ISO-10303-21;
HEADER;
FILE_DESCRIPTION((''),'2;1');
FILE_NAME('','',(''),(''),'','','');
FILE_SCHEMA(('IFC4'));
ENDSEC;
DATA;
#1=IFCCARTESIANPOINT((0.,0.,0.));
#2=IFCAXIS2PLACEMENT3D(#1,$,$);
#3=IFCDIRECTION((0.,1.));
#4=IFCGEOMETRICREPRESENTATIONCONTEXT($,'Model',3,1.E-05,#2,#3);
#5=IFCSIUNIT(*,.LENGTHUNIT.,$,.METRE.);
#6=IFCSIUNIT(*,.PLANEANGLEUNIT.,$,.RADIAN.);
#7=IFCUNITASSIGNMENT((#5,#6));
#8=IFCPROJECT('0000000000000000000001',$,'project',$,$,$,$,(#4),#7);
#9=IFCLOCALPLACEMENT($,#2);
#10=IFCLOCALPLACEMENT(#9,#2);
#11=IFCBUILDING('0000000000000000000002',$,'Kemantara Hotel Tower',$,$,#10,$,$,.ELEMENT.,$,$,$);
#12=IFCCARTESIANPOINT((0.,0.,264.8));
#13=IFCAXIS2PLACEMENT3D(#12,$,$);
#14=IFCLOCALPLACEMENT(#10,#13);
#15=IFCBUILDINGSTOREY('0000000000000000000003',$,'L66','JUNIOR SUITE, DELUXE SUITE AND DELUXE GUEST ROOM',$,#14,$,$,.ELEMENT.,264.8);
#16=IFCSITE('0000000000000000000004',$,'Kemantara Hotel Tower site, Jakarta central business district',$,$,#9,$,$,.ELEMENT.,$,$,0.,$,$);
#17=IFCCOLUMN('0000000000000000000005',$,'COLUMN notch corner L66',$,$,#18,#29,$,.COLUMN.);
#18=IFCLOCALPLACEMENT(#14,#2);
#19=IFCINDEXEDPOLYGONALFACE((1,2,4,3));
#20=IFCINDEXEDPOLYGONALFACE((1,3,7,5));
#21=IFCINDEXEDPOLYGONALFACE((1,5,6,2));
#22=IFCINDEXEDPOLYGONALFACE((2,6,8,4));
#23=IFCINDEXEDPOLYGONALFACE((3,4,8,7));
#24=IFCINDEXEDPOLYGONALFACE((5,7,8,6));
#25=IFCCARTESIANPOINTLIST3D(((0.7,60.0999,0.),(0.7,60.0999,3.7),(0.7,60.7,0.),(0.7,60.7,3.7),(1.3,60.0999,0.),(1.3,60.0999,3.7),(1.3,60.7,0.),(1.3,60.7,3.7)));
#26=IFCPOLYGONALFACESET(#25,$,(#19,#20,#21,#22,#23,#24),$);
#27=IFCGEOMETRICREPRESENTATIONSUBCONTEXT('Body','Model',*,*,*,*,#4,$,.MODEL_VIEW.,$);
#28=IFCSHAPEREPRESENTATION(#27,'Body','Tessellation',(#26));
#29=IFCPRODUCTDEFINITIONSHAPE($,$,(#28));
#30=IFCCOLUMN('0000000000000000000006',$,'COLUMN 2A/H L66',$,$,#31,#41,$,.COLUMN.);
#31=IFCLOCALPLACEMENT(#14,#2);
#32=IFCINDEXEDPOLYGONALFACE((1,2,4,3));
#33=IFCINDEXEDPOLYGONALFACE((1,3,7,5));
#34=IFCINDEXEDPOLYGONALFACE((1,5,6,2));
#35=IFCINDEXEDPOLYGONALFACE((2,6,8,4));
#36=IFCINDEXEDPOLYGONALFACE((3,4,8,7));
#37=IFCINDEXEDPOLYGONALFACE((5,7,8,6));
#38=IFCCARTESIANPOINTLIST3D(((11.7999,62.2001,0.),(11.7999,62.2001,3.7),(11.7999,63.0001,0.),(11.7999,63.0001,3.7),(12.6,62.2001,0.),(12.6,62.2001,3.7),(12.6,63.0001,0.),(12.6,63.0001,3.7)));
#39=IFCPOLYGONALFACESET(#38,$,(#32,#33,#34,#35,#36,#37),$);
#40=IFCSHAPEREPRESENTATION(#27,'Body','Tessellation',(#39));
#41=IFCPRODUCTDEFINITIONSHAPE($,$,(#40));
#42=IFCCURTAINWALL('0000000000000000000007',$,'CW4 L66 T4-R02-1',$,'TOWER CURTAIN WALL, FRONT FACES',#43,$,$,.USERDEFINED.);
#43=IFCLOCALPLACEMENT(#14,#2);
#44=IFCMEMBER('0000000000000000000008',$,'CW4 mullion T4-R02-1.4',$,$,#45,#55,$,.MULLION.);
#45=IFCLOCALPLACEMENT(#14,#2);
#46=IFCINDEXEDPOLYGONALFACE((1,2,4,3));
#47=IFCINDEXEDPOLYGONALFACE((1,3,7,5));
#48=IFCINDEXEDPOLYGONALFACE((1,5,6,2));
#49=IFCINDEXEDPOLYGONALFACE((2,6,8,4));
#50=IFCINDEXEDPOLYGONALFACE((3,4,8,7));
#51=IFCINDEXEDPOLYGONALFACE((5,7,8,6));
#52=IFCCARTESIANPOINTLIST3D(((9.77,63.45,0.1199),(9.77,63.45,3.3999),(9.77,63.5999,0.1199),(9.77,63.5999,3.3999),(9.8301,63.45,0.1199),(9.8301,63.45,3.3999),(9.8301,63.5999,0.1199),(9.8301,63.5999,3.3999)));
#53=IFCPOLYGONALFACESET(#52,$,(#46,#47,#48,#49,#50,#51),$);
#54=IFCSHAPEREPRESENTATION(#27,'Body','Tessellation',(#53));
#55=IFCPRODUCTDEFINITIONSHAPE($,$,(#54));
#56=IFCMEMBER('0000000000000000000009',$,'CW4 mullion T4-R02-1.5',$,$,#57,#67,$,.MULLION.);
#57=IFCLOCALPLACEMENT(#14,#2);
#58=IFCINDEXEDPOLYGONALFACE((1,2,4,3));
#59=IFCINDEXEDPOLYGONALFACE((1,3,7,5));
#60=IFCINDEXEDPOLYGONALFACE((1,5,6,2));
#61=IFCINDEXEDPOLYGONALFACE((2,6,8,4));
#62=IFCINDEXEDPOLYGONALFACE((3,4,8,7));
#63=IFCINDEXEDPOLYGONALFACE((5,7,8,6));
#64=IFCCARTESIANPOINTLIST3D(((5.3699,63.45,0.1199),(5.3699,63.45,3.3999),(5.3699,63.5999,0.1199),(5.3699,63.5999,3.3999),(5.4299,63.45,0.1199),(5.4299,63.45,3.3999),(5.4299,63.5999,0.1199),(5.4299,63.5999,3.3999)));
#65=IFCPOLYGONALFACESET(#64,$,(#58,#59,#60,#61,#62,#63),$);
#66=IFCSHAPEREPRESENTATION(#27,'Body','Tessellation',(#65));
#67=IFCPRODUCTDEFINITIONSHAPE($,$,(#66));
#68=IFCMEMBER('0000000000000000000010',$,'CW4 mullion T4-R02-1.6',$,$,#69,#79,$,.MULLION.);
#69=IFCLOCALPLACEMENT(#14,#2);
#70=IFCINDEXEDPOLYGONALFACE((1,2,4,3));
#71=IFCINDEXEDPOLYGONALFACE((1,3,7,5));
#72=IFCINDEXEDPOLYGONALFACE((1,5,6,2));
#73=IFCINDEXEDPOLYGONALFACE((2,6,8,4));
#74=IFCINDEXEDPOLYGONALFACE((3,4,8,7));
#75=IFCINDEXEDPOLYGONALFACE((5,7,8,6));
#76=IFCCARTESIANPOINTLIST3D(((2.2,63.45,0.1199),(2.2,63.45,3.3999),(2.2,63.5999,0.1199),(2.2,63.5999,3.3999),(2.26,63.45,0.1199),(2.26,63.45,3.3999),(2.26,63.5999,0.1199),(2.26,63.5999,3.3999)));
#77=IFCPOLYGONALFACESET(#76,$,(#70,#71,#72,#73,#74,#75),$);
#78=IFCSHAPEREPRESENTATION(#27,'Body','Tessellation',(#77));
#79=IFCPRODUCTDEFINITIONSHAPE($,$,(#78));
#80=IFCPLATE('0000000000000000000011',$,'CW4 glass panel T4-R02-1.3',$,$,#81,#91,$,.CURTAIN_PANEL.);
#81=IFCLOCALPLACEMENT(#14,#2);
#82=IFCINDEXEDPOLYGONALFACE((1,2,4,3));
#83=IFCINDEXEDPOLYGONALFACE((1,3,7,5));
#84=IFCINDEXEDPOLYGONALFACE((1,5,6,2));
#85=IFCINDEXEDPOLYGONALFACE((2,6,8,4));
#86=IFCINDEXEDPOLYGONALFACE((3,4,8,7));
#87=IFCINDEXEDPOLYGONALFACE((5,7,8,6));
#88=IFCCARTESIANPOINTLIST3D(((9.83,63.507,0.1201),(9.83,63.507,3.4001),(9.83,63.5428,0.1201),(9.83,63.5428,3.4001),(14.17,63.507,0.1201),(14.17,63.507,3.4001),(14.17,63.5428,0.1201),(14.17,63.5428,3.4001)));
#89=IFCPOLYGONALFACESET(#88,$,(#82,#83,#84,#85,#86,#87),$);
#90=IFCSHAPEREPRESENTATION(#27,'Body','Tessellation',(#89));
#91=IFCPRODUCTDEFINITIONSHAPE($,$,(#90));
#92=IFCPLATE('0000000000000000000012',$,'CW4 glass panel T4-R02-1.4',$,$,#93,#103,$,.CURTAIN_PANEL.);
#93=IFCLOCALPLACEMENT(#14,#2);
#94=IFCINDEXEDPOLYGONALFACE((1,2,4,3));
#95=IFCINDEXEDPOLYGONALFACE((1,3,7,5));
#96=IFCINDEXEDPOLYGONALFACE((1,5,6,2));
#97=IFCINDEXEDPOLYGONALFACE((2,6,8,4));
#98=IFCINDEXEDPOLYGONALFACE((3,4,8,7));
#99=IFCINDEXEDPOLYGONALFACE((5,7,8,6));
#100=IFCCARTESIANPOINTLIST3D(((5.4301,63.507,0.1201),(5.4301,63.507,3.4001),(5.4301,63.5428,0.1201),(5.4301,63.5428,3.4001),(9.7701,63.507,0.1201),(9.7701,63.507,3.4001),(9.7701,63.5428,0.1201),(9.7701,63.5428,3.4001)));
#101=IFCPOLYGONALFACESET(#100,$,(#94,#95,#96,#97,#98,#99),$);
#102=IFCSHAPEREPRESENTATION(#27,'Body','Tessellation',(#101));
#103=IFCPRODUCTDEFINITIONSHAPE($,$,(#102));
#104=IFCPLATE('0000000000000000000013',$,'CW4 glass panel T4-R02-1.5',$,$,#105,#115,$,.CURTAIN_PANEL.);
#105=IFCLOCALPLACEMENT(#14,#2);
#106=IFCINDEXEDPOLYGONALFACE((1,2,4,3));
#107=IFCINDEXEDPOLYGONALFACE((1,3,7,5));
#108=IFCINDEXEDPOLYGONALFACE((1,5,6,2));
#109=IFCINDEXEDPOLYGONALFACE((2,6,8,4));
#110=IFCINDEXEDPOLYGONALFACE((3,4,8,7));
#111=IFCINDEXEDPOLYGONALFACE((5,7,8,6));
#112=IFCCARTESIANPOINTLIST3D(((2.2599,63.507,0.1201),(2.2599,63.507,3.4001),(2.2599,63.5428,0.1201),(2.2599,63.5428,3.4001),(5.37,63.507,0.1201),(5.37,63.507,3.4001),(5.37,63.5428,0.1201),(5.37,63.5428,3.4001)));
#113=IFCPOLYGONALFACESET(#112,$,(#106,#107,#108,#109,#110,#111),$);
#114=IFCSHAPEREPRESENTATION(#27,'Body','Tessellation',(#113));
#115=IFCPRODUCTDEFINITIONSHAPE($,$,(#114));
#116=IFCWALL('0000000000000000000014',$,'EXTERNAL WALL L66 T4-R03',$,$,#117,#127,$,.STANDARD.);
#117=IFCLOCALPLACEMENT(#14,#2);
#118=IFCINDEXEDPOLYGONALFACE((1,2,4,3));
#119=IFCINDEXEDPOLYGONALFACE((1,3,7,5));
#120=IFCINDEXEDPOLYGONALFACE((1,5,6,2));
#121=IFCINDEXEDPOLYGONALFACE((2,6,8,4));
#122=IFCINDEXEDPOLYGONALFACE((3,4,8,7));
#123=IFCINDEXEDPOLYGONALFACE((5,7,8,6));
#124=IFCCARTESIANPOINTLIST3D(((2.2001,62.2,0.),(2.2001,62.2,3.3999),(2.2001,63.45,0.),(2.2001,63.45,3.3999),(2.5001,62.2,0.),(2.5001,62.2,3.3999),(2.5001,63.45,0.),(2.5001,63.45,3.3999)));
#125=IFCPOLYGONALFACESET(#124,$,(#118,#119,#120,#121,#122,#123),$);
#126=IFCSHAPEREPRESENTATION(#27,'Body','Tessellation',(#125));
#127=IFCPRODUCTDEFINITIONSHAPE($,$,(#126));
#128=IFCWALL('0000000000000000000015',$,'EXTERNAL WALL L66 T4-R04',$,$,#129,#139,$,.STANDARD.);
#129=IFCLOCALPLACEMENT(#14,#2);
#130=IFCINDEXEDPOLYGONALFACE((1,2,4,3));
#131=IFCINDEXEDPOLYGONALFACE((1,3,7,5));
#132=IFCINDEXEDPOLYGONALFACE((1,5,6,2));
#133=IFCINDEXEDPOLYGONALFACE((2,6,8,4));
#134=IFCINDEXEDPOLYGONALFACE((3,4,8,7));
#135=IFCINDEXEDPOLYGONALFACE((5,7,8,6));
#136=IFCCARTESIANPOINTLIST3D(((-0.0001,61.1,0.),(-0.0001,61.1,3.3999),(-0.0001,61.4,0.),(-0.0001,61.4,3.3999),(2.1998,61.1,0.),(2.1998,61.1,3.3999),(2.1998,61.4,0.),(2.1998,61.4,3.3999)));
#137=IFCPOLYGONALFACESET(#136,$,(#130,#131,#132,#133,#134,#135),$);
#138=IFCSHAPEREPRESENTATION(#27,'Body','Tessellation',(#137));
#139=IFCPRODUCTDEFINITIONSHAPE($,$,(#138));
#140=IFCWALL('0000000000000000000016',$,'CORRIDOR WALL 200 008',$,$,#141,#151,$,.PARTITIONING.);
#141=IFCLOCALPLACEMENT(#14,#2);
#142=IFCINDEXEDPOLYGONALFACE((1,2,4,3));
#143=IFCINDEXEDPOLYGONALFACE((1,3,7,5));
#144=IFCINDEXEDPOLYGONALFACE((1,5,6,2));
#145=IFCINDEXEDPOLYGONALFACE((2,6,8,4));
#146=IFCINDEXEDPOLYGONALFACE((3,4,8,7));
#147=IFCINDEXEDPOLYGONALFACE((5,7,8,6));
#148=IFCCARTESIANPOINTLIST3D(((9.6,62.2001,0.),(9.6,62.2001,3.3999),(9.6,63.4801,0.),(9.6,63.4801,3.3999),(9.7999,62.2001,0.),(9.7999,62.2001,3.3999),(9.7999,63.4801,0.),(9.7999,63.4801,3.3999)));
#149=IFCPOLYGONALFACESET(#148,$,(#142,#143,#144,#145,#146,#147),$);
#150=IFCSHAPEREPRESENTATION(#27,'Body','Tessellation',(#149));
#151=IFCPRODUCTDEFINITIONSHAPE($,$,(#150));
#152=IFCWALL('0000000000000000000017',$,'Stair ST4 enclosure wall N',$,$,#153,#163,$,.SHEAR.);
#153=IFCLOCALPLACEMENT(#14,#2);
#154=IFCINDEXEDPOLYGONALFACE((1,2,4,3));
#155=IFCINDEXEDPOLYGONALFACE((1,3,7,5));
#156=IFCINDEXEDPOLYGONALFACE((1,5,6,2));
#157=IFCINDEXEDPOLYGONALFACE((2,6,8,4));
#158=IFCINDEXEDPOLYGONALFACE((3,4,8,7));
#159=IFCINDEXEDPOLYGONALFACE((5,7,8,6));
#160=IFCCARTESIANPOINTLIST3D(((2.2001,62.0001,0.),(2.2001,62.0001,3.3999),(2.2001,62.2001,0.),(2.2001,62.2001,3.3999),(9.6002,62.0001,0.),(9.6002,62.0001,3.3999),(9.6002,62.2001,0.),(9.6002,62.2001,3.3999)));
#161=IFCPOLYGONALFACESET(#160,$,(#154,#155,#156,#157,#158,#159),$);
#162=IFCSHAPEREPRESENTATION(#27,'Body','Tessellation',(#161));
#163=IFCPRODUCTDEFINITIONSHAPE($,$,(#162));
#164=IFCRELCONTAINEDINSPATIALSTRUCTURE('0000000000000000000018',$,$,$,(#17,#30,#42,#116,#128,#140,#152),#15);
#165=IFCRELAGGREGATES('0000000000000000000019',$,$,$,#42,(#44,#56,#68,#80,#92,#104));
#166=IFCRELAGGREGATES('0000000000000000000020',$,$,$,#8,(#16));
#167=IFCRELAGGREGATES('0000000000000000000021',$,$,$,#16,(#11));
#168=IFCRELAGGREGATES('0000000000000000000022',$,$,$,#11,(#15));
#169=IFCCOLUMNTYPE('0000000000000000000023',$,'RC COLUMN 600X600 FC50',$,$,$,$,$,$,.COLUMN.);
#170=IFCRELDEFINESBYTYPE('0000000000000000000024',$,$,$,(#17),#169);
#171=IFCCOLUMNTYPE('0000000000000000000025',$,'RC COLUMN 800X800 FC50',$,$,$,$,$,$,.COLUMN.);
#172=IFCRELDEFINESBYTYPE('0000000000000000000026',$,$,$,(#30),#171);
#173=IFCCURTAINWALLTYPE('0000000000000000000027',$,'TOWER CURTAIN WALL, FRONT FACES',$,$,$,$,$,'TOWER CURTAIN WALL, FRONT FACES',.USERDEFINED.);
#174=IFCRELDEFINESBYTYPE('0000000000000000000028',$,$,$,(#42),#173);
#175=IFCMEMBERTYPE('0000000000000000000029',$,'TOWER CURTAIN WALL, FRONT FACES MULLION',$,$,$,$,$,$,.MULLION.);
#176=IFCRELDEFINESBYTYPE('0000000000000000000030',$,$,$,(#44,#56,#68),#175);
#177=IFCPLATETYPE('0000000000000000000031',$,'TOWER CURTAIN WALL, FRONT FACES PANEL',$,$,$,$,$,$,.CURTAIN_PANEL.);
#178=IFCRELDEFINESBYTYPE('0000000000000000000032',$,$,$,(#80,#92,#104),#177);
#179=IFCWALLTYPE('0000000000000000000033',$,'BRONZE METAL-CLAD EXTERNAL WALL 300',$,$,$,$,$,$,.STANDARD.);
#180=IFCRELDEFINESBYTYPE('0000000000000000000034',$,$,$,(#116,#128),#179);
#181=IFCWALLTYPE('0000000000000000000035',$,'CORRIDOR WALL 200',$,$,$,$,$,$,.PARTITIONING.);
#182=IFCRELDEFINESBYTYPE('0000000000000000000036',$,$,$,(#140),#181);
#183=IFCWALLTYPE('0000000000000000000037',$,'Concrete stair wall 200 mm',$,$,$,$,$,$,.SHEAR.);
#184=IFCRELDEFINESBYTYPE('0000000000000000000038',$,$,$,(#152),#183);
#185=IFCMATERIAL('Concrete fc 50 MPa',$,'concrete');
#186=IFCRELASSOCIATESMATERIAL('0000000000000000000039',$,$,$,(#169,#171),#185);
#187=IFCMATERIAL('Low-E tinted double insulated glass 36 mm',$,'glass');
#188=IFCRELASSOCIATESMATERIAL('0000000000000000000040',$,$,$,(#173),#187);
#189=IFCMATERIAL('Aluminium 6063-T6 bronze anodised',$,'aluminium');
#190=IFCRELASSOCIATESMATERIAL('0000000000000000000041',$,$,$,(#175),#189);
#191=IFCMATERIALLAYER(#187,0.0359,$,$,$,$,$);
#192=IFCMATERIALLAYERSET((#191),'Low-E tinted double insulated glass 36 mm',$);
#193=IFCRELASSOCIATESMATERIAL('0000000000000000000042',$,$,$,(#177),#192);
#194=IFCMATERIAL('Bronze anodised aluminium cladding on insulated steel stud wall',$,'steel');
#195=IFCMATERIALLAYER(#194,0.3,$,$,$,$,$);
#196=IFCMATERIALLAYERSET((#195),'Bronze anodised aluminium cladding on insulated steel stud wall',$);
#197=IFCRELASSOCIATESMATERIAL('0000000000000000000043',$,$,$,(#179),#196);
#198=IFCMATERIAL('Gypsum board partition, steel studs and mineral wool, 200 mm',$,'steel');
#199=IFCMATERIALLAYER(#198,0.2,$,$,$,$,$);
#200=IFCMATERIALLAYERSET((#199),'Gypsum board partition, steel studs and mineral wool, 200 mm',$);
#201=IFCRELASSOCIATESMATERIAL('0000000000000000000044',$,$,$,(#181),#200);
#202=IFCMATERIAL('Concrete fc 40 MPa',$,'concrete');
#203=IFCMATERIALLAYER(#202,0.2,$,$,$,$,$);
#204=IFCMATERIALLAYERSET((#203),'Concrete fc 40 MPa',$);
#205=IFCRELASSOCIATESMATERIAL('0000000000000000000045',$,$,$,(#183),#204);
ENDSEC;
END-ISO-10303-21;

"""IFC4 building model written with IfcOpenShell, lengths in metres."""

from ifc_helpers import new_model, si_unit, direction, frame, frame_2d, origin, origin_2d, place, context, subcontext, project, spatial, rectangle, extrude, source, transform, mapped, material, layer, layer_set, material_profile, profile_set, type_object, element, aggregate, save


model = new_model("IFC4")

# Units and contexts
model_context = context("Model", 3, precision=1e-05, world=origin(), true_north=direction((0.0, 1.0)))
body_context = subcontext(model_context, "Body", "Model", "MODEL_VIEW")
ifc_project = project(units=[si_unit("LENGTHUNIT", "METRE"), si_unit("PLANEANGLEUNIT", "RADIAN")], contexts=[model_context])

# Site, building, storey
site_placement = place(None, origin())
site = spatial("IfcSite", under=ifc_project, at=site_placement, Name="Kemantara Hotel Tower site, Jakarta central business district", CompositionType="ELEMENT", RefElevation=0.0)
building_placement = place(site_placement, origin())
building = spatial("IfcBuilding", under=site, at=building_placement, Name="Kemantara Hotel Tower", CompositionType="ELEMENT")
storey_placement = place(building_placement, frame((0.0, 0.0, 264.8)))
storey = spatial("IfcBuildingStorey", under=building, at=storey_placement, Name="L66", Description="JUNIOR SUITE, DELUXE SUITE AND DELUXE GUEST ROOM", CompositionType="ELEMENT", Elevation=264.8)

# Columns
ifc_material_1 = material(Name="Concrete fc 50 MPa", Category="concrete")
ifc_material_profile_1 = material_profile(ifc_material_1, rectangle(XDim=0.6001, YDim=0.6001, at=origin_2d()), Name="RC 600X600")
ifc_profile_set_1 = profile_set([ifc_material_profile_1], Name="Concrete fc 50 MPa")
column_type_1 = type_object("IfcColumnType", Name="RC COLUMN 600X600 FC50", PredefinedType="COLUMN", material=ifc_profile_set_1)
column_1_placement = place(storey_placement, frame((1.0, 60.3999, 0.0), z_axis=(0.0, 0.0, 1.0), x_axis=(1.0, 0.0, 0.0)))
element("IfcColumn", 1, at=column_1_placement, inside=storey, type_object=column_type_1, Name="COLUMN notch corner L66", PredefinedType="COLUMN", context=body_context, shape_type="SweptSolid", body=[
    extrude(rectangle(XDim=0.6001, YDim=0.6001, at=origin_2d()), origin(), (0.0, 0.0, 1.0), 3.7),
])
ifc_material_profile_2 = material_profile(ifc_material_1, rectangle(XDim=0.8, YDim=0.8, at=origin_2d()), Name="RC 800X800")
ifc_profile_set_2 = profile_set([ifc_material_profile_2], Name="Concrete fc 50 MPa")
column_type_2 = type_object("IfcColumnType", Name="RC COLUMN 800X800 FC50", PredefinedType="COLUMN", material=ifc_profile_set_2)
column_2_placement = place(storey_placement, frame((12.2, 62.6001, 0.0), z_axis=(0.0, 0.0, 1.0), x_axis=(1.0, 0.0, 0.0)))
element("IfcColumn", 2, at=column_2_placement, inside=storey, type_object=column_type_2, Name="COLUMN 2A/H L66", PredefinedType="COLUMN", context=body_context, shape_type="SweptSolid", body=[
    extrude(rectangle(XDim=0.8, YDim=0.8, at=origin_2d()), origin(), (0.0, 0.0, 1.0), 3.7),
])

# Curtain wall, members, plates
ifc_material_2 = material(Name="Low-E tinted double insulated glass 36 mm", Category="glass")
curtain_wall_type = type_object("IfcCurtainWallType", Name="TOWER CURTAIN WALL, FRONT FACES", ElementType="TOWER CURTAIN WALL, FRONT FACES", PredefinedType="USERDEFINED", material=ifc_material_2)
curtain_wall_placement = place(storey_placement, origin())
curtain_wall = element("IfcCurtainWall", 3, at=curtain_wall_placement, inside=storey, type_object=curtain_wall_type, Name="CW4 L66 T4-R02-1", ObjectType="TOWER CURTAIN WALL, FRONT FACES", PredefinedType="USERDEFINED")
ifc_material_3 = material(Name="Aluminium 6063-T6 bronze anodised", Category="aluminium")
ifc_material_profile_3 = material_profile(ifc_material_3, rectangle(XDim=0.1499, YDim=0.0601, at=origin_2d()), Name="TOWER CURTAIN WALL, FRONT FACES MULLION")
ifc_profile_set_3 = profile_set([ifc_material_profile_3], Name="Aluminium 6063-T6 bronze anodised")
member_type = type_object("IfcMemberType", Name="TOWER CURTAIN WALL, FRONT FACES MULLION", PredefinedType="MULLION", material=ifc_profile_set_3)
shared_shape_1 = source(origin(), body_context, "Body", "SweptSolid", [
    extrude(rectangle(XDim=0.1499, YDim=0.0601, at=origin_2d()), origin(), (0.0, 0.0, 1.0), 3.28),
])
member_1_placement = place(storey_placement, frame((9.8, 63.5249, 0.1199), z_axis=(0.0, 0.0, 1.0), x_axis=(0.0, -1.0, 0.0)))
member_1 = element("IfcMember", 4, at=member_1_placement, type_object=member_type, Name="CW4 mullion T4-R02-1.4", PredefinedType="MULLION", context=body_context, shape_type="MappedRepresentation", body=[
    mapped(shared_shape_1, transform((0.0, 0.0, 0.0))),
])
member_2_placement = place(storey_placement, frame((5.3999, 63.5249, 0.1199), z_axis=(0.0, 0.0, 1.0), x_axis=(0.0, -1.0, 0.0)))
member_2 = element("IfcMember", 5, at=member_2_placement, type_object=member_type, Name="CW4 mullion T4-R02-1.5", PredefinedType="MULLION", context=body_context, shape_type="MappedRepresentation", body=[
    mapped(shared_shape_1, transform((0.0, 0.0, 0.0))),
])
member_3_placement = place(storey_placement, frame((2.23, 63.5249, 0.1199), z_axis=(0.0, 0.0, 1.0), x_axis=(0.0, -1.0, 0.0)))
member_3 = element("IfcMember", 6, at=member_3_placement, type_object=member_type, Name="CW4 mullion T4-R02-1.6", PredefinedType="MULLION", context=body_context, shape_type="MappedRepresentation", body=[
    mapped(shared_shape_1, transform((0.0, 0.0, 0.0))),
])
ifc_layer_1 = layer(ifc_material_2, 0.0359)
ifc_layer_set_1 = layer_set([ifc_layer_1], Name="Low-E tinted double insulated glass 36 mm")
plate_type = type_object("IfcPlateType", Name="TOWER CURTAIN WALL, FRONT FACES PANEL", PredefinedType="CURTAIN_PANEL", material=ifc_layer_set_1)
shared_shape_2 = source(origin(), body_context, "Body", "SweptSolid", [
    extrude(rectangle(XDim=4.3401, YDim=0.0359, at=origin_2d()), origin(), (0.0, 0.0, 1.0), 3.28),
])
plate_1_placement = place(storey_placement, frame((12.0, 63.5249, 0.1201), z_axis=(0.0, 0.0, 1.0), x_axis=(-1.0, 0.0, 0.0)))
plate_1 = element("IfcPlate", 7, at=plate_1_placement, type_object=plate_type, Name="CW4 glass panel T4-R02-1.3", PredefinedType="CURTAIN_PANEL", context=body_context, shape_type="MappedRepresentation", body=[
    mapped(shared_shape_2, transform((0.0, 0.0, 0.0))),
])
plate_2_placement = place(storey_placement, frame((7.6001, 63.5249, 0.1201), z_axis=(0.0, 0.0, 1.0), x_axis=(-1.0, 0.0, 0.0)))
plate_2 = element("IfcPlate", 8, at=plate_2_placement, type_object=plate_type, Name="CW4 glass panel T4-R02-1.4", PredefinedType="CURTAIN_PANEL", context=body_context, shape_type="MappedRepresentation", body=[
    mapped(shared_shape_2, transform((0.0, 0.0, 0.0))),
])
shared_shape_3 = source(origin(), body_context, "Body", "SweptSolid", [
    extrude(rectangle(XDim=3.1101, YDim=0.0359, at=origin_2d()), origin(), (0.0, 0.0, 1.0), 3.28),
])
plate_3_placement = place(storey_placement, frame((3.8149, 63.5249, 0.1201), z_axis=(0.0, 0.0, 1.0), x_axis=(-1.0, 0.0, 0.0)))
plate_3 = element("IfcPlate", 9, at=plate_3_placement, type_object=plate_type, Name="CW4 glass panel T4-R02-1.5", PredefinedType="CURTAIN_PANEL", context=body_context, shape_type="MappedRepresentation", body=[
    mapped(shared_shape_3, transform((0.0, 0.0, 0.0))),
])
aggregate(curtain_wall, [member_1, member_2, member_3, plate_1, plate_2, plate_3])

# Walls
ifc_material_4 = material(Name="Bronze anodised aluminium cladding on insulated steel stud wall", Category="steel")
ifc_layer_2 = layer(ifc_material_4, 0.3)
ifc_layer_set_2 = layer_set([ifc_layer_2], Name="Bronze anodised aluminium cladding on insulated steel stud wall")
wall_type_1 = type_object("IfcWallType", Name="BRONZE METAL-CLAD EXTERNAL WALL 300", PredefinedType="STANDARD", material=ifc_layer_set_2)
wall_1_placement = place(storey_placement, frame((2.3501, 63.45, 0.0), z_axis=(0.0, 0.0, 1.0), x_axis=(0.0, -1.0, 0.0)))
element("IfcWall", 10, at=wall_1_placement, inside=storey, type_object=wall_type_1, Name="EXTERNAL WALL L66 T4-R03", PredefinedType="STANDARD", context=body_context, shape_type="SweptSolid", body=[
    extrude(rectangle(XDim=1.25, YDim=0.3, at=frame_2d((0.625, 0.0))), origin(), (0.0, 0.0, 1.0), 3.3999),
])
wall_2_placement = place(storey_placement, frame((2.2, 61.25, 0.0), z_axis=(0.0, 0.0, 1.0), x_axis=(-1.0, 0.0, 0.0)))
element("IfcWall", 11, at=wall_2_placement, inside=storey, type_object=wall_type_1, Name="EXTERNAL WALL L66 T4-R04", PredefinedType="STANDARD", context=body_context, shape_type="SweptSolid", body=[
    extrude(rectangle(XDim=2.2, YDim=0.3, at=frame_2d((1.1001, 0.0))), origin(), (0.0, 0.0, 1.0), 3.3999),
])

# Walls
ifc_material_5 = material(Name="Gypsum board partition, steel studs and mineral wool, 200 mm", Category="steel")
ifc_layer_3 = layer(ifc_material_5, 0.2)
ifc_layer_set_3 = layer_set([ifc_layer_3], Name="Gypsum board partition, steel studs and mineral wool, 200 mm")
wall_type_2 = type_object("IfcWallType", Name="CORRIDOR WALL 200", PredefinedType="PARTITIONING", material=ifc_layer_set_3)
wall_3_placement = place(storey_placement, frame((9.7, 62.2, 0.0), z_axis=(0.0, 0.0, 1.0), x_axis=(0.0, 1.0, 0.0)))
element("IfcWall", 12, at=wall_3_placement, inside=storey, type_object=wall_type_2, Name="CORRIDOR WALL 200 008", PredefinedType="PARTITIONING", context=body_context, shape_type="SweptSolid", body=[
    extrude(rectangle(XDim=1.28, YDim=0.2, at=frame_2d((0.6401, 0.0))), origin(), (0.0, 0.0, 1.0), 3.3999),
])
ifc_material_6 = material(Name="Concrete fc 40 MPa", Category="concrete")
ifc_layer_4 = layer(ifc_material_6, 0.2)
ifc_layer_set_4 = layer_set([ifc_layer_4], Name="Concrete fc 40 MPa")
wall_type_3 = type_object("IfcWallType", Name="Concrete stair wall 200 mm", PredefinedType="SHEAR", material=ifc_layer_set_4)
wall_4_placement = place(storey_placement, frame((2.2, 62.1001, 0.0), z_axis=(0.0, 0.0, 1.0), x_axis=(1.0, 0.0, 0.0)))
element("IfcWall", 13, at=wall_4_placement, inside=storey, type_object=wall_type_3, Name="Stair ST4 enclosure wall N", PredefinedType="SHEAR", context=body_context, shape_type="SweptSolid", body=[
    extrude(rectangle(XDim=7.4001, YDim=0.2, at=frame_2d((3.7002, 0.0))), origin(), (0.0, 0.0, 1.0), 3.3999),
])

save(model, "model.ifc")
